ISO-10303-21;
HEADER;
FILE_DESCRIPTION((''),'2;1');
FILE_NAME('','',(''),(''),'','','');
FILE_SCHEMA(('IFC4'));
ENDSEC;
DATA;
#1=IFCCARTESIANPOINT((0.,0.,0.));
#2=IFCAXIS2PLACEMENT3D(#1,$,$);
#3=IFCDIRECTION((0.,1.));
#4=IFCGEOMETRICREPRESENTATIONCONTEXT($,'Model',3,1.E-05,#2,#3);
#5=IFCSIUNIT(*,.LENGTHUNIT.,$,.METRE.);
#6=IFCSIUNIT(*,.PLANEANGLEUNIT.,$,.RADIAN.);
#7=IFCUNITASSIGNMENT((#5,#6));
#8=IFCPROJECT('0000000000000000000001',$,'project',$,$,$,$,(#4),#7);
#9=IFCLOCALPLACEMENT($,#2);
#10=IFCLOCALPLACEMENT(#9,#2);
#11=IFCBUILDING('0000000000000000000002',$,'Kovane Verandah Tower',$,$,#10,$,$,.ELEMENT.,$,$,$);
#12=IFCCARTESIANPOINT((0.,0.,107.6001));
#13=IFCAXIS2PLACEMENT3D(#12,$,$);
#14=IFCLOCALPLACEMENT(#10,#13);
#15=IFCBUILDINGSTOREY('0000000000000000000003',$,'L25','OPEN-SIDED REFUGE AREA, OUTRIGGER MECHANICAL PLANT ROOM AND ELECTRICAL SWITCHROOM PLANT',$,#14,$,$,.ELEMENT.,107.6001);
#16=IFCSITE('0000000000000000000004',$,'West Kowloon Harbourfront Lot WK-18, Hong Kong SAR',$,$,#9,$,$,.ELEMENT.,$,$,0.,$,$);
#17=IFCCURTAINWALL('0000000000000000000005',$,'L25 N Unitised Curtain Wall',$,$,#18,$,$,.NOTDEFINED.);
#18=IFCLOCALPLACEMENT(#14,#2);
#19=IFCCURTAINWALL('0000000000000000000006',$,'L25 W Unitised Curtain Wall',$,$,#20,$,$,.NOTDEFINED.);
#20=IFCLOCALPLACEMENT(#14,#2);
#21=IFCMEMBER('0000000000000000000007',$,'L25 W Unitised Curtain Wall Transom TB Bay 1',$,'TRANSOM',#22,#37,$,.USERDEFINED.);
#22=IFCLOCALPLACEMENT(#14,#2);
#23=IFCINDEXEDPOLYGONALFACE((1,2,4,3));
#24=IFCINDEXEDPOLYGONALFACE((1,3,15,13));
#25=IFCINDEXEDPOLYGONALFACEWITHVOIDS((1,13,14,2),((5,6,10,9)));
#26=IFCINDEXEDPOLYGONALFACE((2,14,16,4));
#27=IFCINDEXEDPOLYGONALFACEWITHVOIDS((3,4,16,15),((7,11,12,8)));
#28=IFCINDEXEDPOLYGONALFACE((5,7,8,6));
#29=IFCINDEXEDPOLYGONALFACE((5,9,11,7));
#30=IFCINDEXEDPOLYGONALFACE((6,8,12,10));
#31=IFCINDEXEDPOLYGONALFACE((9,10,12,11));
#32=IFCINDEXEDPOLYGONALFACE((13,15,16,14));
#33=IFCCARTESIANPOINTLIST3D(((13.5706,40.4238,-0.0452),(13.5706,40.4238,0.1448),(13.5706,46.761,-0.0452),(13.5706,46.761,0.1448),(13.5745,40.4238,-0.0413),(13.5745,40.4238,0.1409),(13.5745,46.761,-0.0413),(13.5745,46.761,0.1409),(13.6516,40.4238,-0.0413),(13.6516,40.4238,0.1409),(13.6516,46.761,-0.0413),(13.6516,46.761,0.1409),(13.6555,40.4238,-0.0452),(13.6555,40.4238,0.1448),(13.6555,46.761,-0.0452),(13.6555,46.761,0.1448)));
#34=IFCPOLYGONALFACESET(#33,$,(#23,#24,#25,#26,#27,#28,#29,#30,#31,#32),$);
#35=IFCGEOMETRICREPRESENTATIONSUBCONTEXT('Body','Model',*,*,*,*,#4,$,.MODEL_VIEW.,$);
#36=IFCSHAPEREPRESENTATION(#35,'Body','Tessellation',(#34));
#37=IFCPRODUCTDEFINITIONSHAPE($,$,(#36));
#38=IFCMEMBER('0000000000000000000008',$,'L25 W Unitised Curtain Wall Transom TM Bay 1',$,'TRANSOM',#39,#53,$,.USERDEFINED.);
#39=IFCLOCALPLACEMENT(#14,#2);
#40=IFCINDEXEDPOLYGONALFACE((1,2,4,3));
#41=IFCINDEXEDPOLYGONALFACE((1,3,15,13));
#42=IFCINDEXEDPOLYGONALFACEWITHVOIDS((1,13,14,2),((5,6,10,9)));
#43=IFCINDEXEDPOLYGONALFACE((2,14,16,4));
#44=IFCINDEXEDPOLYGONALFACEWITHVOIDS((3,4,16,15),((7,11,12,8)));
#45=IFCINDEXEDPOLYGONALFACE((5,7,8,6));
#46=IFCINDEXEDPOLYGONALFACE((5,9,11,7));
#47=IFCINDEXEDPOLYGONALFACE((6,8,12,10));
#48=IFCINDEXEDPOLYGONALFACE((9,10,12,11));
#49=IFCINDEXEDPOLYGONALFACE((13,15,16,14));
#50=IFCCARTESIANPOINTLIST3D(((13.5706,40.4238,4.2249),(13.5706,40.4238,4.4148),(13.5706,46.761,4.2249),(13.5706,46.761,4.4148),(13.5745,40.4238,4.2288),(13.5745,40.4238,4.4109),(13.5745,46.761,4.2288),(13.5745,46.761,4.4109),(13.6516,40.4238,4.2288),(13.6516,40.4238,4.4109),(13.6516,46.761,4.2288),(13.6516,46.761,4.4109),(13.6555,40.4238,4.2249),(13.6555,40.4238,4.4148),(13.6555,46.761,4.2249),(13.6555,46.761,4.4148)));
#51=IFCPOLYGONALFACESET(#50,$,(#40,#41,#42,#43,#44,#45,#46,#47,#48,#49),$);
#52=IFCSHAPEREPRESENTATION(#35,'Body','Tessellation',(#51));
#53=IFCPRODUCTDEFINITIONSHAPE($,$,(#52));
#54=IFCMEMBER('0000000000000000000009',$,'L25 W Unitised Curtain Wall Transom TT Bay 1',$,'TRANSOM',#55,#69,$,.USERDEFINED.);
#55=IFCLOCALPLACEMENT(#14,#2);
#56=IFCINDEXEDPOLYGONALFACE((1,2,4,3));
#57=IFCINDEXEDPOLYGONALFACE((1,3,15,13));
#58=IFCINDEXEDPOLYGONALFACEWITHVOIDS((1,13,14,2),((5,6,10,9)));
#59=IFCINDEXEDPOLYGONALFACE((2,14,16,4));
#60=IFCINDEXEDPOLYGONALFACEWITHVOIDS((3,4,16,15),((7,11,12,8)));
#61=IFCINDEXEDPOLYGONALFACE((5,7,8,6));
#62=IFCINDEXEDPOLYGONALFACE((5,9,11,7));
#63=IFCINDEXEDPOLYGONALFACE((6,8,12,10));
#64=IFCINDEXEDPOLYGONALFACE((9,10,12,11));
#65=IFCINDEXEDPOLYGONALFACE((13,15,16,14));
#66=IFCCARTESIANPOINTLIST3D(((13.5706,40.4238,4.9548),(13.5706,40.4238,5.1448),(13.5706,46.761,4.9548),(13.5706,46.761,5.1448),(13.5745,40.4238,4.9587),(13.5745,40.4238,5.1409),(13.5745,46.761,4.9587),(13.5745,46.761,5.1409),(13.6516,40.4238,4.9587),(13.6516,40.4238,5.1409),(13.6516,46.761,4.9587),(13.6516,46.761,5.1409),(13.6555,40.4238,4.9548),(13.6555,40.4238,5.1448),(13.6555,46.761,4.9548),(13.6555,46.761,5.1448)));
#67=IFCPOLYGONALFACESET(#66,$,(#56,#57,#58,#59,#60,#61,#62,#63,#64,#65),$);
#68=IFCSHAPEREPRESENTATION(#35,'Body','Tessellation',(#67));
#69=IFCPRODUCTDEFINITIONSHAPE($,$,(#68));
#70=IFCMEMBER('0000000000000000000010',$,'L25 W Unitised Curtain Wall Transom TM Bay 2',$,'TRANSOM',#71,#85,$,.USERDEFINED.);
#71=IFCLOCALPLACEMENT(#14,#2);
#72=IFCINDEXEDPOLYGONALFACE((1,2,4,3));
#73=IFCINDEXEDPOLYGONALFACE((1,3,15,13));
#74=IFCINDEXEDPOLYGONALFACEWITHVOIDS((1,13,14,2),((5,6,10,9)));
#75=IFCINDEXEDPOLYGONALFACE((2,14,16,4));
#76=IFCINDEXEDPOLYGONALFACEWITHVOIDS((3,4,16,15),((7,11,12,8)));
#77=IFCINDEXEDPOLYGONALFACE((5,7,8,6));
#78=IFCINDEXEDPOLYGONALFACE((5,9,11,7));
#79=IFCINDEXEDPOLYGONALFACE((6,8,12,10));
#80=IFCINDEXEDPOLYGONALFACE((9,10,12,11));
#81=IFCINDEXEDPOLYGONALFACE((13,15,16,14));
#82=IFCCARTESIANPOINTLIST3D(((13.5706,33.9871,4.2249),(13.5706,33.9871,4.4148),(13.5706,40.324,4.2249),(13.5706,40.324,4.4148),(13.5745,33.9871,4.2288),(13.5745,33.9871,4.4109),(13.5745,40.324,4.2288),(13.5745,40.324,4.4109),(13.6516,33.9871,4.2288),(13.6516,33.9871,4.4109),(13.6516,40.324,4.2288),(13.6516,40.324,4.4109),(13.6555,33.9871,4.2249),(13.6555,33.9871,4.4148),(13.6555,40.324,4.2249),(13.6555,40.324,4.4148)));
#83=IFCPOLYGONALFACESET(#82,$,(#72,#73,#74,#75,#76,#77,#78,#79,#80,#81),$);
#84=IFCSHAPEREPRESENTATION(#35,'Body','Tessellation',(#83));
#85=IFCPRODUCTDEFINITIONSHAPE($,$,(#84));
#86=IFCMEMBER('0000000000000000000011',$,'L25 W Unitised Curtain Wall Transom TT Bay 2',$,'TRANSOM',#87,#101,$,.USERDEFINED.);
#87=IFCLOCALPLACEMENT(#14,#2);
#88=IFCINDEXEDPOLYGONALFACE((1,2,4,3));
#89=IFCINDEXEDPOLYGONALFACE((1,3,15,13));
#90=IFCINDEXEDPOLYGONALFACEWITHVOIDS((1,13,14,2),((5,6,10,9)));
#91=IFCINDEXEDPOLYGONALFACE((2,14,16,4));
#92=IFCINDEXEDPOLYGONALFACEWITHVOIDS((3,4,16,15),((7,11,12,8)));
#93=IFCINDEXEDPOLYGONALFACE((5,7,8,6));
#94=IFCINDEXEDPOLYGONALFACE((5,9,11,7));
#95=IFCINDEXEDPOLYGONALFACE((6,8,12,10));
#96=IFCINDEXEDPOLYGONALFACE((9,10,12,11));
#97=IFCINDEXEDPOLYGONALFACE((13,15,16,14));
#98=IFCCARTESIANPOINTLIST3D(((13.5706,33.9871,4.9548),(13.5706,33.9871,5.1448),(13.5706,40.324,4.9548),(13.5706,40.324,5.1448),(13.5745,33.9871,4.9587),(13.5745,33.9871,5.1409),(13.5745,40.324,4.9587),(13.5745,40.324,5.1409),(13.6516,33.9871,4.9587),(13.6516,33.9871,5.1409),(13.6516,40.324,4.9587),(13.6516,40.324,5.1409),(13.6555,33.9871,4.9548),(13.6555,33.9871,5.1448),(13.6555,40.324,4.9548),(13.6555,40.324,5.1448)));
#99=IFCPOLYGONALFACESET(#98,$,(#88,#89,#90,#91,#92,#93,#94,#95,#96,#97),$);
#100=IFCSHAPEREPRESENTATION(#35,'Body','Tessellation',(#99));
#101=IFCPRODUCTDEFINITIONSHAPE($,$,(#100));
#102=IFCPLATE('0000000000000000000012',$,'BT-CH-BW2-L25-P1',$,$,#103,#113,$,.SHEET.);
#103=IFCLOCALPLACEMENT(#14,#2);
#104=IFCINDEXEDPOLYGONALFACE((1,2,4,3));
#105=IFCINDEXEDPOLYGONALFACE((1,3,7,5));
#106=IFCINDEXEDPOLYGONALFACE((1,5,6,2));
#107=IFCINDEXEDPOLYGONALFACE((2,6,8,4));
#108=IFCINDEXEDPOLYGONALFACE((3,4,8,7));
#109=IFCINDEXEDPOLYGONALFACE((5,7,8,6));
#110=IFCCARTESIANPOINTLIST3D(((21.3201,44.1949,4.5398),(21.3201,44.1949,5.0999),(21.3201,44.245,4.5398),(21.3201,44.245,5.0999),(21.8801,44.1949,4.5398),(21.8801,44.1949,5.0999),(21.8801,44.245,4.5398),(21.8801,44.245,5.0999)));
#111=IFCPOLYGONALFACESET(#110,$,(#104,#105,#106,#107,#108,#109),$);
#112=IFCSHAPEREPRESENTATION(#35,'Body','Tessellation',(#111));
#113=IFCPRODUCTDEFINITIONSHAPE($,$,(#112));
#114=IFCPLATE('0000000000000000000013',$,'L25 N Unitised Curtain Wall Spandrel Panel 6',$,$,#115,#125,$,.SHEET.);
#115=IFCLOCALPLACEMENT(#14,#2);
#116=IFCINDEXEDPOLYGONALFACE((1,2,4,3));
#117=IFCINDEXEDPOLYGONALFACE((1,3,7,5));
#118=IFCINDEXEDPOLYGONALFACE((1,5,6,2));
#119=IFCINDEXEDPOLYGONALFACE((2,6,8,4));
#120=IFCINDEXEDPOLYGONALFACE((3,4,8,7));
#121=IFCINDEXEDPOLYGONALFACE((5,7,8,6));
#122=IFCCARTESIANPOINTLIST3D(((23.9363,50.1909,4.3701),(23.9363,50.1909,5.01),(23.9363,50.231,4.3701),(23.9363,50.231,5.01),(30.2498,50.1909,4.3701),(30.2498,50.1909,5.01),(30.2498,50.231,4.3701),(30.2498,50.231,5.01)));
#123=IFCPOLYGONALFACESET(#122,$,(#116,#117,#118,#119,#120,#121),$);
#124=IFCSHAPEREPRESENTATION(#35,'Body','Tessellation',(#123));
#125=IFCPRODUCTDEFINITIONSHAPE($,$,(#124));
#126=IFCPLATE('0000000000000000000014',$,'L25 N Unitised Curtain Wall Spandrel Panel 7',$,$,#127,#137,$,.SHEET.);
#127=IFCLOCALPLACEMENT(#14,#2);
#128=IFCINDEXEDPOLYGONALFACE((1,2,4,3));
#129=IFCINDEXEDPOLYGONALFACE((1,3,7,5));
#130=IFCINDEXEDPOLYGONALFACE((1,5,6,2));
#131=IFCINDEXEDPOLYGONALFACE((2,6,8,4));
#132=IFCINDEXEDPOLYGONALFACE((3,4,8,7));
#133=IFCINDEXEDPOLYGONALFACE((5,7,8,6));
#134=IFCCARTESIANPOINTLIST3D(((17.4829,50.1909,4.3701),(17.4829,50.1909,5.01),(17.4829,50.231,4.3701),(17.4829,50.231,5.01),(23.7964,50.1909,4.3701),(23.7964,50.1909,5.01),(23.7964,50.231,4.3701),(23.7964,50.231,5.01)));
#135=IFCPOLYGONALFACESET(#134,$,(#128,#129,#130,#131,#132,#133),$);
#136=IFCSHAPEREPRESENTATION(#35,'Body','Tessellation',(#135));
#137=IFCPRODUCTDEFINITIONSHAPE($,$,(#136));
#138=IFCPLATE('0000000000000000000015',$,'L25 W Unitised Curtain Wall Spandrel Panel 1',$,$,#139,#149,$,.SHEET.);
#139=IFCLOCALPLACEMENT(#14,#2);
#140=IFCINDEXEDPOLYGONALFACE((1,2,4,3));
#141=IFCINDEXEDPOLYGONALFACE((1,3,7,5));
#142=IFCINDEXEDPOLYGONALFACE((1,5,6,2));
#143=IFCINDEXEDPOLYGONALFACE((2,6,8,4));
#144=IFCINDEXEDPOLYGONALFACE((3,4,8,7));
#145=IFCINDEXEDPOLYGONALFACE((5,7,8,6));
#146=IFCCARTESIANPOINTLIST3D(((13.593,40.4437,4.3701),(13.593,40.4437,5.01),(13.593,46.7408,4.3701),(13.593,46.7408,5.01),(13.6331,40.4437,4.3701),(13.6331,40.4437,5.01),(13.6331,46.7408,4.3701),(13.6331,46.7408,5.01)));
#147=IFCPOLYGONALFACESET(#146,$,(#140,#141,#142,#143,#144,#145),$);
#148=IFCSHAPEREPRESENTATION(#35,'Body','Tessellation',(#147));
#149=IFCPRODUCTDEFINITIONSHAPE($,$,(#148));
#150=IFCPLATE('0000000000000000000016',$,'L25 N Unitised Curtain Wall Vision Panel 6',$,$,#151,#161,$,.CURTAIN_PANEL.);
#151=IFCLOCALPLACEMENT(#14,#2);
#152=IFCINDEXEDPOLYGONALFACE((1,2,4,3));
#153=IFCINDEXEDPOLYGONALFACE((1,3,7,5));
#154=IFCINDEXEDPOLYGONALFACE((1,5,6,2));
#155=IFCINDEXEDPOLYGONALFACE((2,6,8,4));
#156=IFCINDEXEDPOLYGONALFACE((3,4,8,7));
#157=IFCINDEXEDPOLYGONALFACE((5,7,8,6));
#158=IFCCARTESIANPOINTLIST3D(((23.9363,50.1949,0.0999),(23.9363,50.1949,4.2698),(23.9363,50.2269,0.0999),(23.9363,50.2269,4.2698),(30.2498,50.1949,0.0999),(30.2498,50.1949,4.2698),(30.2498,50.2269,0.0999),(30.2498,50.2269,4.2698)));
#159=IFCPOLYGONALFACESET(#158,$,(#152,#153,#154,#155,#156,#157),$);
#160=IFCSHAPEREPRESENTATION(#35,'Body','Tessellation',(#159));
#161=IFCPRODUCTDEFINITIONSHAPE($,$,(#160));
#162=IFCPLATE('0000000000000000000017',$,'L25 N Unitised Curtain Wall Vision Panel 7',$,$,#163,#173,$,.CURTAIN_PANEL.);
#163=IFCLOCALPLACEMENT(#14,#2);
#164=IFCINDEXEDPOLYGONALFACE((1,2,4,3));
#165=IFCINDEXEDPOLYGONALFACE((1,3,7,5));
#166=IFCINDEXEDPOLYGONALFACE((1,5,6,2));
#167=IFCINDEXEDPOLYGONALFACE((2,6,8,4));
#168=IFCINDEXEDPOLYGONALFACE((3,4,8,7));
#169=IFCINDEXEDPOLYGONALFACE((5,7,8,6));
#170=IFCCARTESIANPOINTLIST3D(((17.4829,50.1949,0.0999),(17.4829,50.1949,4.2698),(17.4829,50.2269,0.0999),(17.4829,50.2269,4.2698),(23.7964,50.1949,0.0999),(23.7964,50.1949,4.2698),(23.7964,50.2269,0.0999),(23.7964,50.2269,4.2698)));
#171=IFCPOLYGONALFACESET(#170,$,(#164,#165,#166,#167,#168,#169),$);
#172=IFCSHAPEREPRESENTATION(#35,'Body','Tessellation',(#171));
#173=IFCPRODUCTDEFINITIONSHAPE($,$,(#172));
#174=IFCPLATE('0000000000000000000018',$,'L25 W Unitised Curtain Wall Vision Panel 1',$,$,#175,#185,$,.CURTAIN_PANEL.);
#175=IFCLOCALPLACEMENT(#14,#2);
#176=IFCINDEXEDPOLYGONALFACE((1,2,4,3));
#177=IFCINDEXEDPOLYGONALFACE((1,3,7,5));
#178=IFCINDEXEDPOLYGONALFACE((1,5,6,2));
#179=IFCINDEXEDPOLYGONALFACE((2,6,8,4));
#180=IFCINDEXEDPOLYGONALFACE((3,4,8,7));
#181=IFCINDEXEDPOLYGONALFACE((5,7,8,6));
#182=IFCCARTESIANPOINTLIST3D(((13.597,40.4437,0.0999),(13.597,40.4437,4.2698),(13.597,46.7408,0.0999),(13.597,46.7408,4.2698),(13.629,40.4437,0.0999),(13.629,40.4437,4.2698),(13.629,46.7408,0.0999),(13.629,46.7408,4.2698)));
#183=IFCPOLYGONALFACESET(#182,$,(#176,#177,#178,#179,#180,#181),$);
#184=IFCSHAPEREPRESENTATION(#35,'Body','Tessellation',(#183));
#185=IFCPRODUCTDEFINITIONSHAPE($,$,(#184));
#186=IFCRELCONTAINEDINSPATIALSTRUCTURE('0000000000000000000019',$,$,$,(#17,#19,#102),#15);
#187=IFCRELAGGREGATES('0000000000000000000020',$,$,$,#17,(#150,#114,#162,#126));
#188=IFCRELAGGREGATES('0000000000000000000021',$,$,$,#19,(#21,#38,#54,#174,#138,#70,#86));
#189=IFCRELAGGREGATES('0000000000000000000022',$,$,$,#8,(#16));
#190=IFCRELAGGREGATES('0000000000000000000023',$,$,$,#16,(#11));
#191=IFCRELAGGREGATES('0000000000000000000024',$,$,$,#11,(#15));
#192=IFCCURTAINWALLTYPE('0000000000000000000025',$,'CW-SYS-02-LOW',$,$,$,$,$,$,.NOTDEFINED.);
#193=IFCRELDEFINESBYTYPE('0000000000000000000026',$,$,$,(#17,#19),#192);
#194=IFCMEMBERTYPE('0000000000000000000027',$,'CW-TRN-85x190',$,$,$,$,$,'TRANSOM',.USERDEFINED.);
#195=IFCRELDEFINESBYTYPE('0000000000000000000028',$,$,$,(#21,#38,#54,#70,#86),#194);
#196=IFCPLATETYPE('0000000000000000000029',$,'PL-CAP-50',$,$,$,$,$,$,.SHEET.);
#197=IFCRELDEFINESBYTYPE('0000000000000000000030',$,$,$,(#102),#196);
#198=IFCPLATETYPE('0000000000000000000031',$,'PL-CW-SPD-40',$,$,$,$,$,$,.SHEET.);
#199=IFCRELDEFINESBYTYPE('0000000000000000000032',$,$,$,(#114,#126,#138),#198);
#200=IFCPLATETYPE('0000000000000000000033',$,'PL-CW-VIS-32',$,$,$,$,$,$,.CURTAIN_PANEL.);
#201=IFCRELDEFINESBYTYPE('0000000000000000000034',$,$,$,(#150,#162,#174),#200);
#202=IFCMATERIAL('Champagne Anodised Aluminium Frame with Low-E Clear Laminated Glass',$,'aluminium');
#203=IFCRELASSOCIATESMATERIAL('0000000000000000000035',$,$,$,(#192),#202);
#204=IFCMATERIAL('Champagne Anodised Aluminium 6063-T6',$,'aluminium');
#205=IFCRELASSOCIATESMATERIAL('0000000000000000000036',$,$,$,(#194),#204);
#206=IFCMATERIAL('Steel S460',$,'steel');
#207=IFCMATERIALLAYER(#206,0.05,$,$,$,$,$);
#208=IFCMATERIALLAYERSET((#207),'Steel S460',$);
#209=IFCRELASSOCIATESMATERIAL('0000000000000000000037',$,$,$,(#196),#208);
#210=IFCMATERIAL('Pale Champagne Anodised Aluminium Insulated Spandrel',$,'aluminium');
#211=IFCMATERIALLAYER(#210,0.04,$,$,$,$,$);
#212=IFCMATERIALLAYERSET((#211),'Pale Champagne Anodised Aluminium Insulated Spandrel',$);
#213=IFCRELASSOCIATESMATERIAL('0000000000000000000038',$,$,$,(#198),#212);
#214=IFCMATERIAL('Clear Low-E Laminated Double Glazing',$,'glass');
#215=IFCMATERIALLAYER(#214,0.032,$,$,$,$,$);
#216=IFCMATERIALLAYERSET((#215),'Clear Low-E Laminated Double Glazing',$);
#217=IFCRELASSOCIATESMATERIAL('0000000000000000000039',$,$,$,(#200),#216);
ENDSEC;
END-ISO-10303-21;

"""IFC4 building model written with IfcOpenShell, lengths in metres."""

from ifc_helpers import new_model, si_unit, direction, frame, origin, origin_2d, place, context, subcontext, project, spatial, rectangle, hollow_rectangle, extrude, material, layer, layer_set, material_profile, profile_set, type_object, element, aggregate, save


model = new_model("IFC4")

# Units and contexts
model_context = context("Model", 3, precision=1e-05, world=origin(), true_north=direction((0.0, 1.0)))
body_context = subcontext(model_context, "Body", "Model", "MODEL_VIEW")
ifc_project = project(units=[si_unit("LENGTHUNIT", "METRE"), si_unit("PLANEANGLEUNIT", "RADIAN")], contexts=[model_context])

# Site, building, storey
site_placement = place(None, origin())
site = spatial("IfcSite", under=ifc_project, at=site_placement, Name="West Kowloon Harbourfront Lot WK-18, Hong Kong SAR", CompositionType="ELEMENT", RefElevation=0.0)
building_placement = place(site_placement, origin())
building = spatial("IfcBuilding", under=site, at=building_placement, Name="Kovane Verandah Tower", CompositionType="ELEMENT")
storey_placement = place(building_placement, frame((0.0, 0.0, 107.6001)))
storey = spatial("IfcBuildingStorey", under=building, at=storey_placement, Name="L25", Description="OPEN-SIDED REFUGE AREA, OUTRIGGER MECHANICAL PLANT ROOM AND ELECTRICAL SWITCHROOM PLANT", CompositionType="ELEMENT", Elevation=107.6001)

# Shared definitions
ifc_material_1 = material(Name="Steel S460", Category="steel")

# Curtain walls
ifc_material_2 = material(Name="Champagne Anodised Aluminium Frame with Low-E Clear Laminated Glass", Category="aluminium")
curtain_wall_type = type_object("IfcCurtainWallType", Name="CW-SYS-02-LOW", PredefinedType="NOTDEFINED", material=ifc_material_2)
curtain_wall_1_placement = place(storey_placement, origin())
curtain_wall_1 = element("IfcCurtainWall", 1, at=curtain_wall_1_placement, inside=storey, type_object=curtain_wall_type, Name="L25 N Unitised Curtain Wall", PredefinedType="NOTDEFINED")
ifc_material_3 = material(Name="Champagne Anodised Aluminium 6063-T6", Category="aluminium")
curtain_wall_2_placement = place(storey_placement, origin())
curtain_wall_2 = element("IfcCurtainWall", 2, at=curtain_wall_2_placement, inside=storey, type_object=curtain_wall_type, Name="L25 W Unitised Curtain Wall", PredefinedType="NOTDEFINED")

# Members
ifc_material_profile_1 = material_profile(ifc_material_3, hollow_rectangle(XDim=0.085, YDim=0.1899, WallThickness=0.0039, at=origin_2d()), Name="AL85x190x4")
ifc_profile_set_1 = profile_set([ifc_material_profile_1], Name="Champagne Anodised Aluminium 6063-T6")
member_type_1 = type_object("IfcMemberType", Name="CW-TRN-85x190", ElementType="TRANSOM", PredefinedType="USERDEFINED", material=ifc_profile_set_1)
member_1_placement = place(storey_placement, frame((13.613, 46.761, 0.0498), z_axis=(0.0, -1.0, 0.0), x_axis=(1.0, 0.0, 0.0)))
member_1 = element("IfcMember", 3, at=member_1_placement, type_object=member_type_1, Name="L25 W Unitised Curtain Wall Transom TB Bay 1", ObjectType="TRANSOM", PredefinedType="USERDEFINED", context=body_context, shape_type="SweptSolid", body=[
    extrude(hollow_rectangle(XDim=0.085, YDim=0.1899, WallThickness=0.0039, at=origin_2d()), origin(), (0.0, 0.0, 1.0), 6.3372),
])
member_2_placement = place(storey_placement, frame((13.613, 46.761, 4.3198), z_axis=(0.0, -1.0, 0.0), x_axis=(1.0, 0.0, 0.0)))
member_2 = element("IfcMember", 4, at=member_2_placement, type_object=member_type_1, Name="L25 W Unitised Curtain Wall Transom TM Bay 1", ObjectType="TRANSOM", PredefinedType="USERDEFINED", context=body_context, shape_type="SweptSolid", body=[
    extrude(hollow_rectangle(XDim=0.085, YDim=0.1899, WallThickness=0.0039, at=origin_2d()), origin(), (0.0, 0.0, 1.0), 6.3372),
])
member_3_placement = place(storey_placement, frame((13.613, 46.761, 5.0498), z_axis=(0.0, -1.0, 0.0), x_axis=(1.0, 0.0, 0.0)))
member_3 = element("IfcMember", 5, at=member_3_placement, type_object=member_type_1, Name="L25 W Unitised Curtain Wall Transom TT Bay 1", ObjectType="TRANSOM", PredefinedType="USERDEFINED", context=body_context, shape_type="SweptSolid", body=[
    extrude(hollow_rectangle(XDim=0.085, YDim=0.1899, WallThickness=0.0039, at=origin_2d()), origin(), (0.0, 0.0, 1.0), 6.3372),
])
member_4_placement = place(storey_placement, frame((13.613, 40.324, 4.3198), z_axis=(0.0, -1.0, 0.0), x_axis=(1.0, 0.0, 0.0)))
member_4 = element("IfcMember", 6, at=member_4_placement, type_object=member_type_1, Name="L25 W Unitised Curtain Wall Transom TM Bay 2", ObjectType="TRANSOM", PredefinedType="USERDEFINED", context=body_context, shape_type="SweptSolid", body=[
    extrude(hollow_rectangle(XDim=0.085, YDim=0.1899, WallThickness=0.0039, at=origin_2d()), origin(), (0.0, 0.0, 1.0), 6.3369),
])
member_5_placement = place(storey_placement, frame((13.613, 40.324, 5.0498), z_axis=(0.0, -1.0, 0.0), x_axis=(1.0, 0.0, 0.0)))
member_5 = element("IfcMember", 7, at=member_5_placement, type_object=member_type_1, Name="L25 W Unitised Curtain Wall Transom TT Bay 2", ObjectType="TRANSOM", PredefinedType="USERDEFINED", context=body_context, shape_type="SweptSolid", body=[
    extrude(hollow_rectangle(XDim=0.085, YDim=0.1899, WallThickness=0.0039, at=origin_2d()), origin(), (0.0, 0.0, 1.0), 6.3369),
])

# Plates
ifc_layer_1 = layer(ifc_material_1, 0.05)
ifc_layer_set_1 = layer_set([ifc_layer_1], Name="Steel S460")
plate_type_1 = type_object("IfcPlateType", Name="PL-CAP-50", PredefinedType="SHEET", material=ifc_layer_set_1)
plate_1_placement = place(storey_placement, frame((21.6001, 44.22, 4.5398), z_axis=(0.0, 0.0, 1.0), x_axis=(0.0, 1.0, 0.0)))
element("IfcPlate", 8, at=plate_1_placement, inside=storey, type_object=plate_type_1, Name="BT-CH-BW2-L25-P1", PredefinedType="SHEET", context=body_context, shape_type="SweptSolid", body=[
    extrude(rectangle(XDim=0.05, YDim=0.5601, at=origin_2d()), origin(), (0.0, 0.0, 1.0), 0.5601),
])
ifc_material_4 = material(Name="Pale Champagne Anodised Aluminium Insulated Spandrel", Category="aluminium")
ifc_layer_2 = layer(ifc_material_4, 0.04)
ifc_layer_set_2 = layer_set([ifc_layer_2], Name="Pale Champagne Anodised Aluminium Insulated Spandrel")
plate_type_2 = type_object("IfcPlateType", Name="PL-CW-SPD-40", PredefinedType="SHEET", material=ifc_layer_set_2)
plate_2_placement = place(storey_placement, frame((27.093, 50.2109, 4.3701), z_axis=(0.0, 0.0, 1.0), x_axis=(-1.0, 0.0, 0.0)))
plate_2 = element("IfcPlate", 9, at=plate_2_placement, type_object=plate_type_2, Name="L25 N Unitised Curtain Wall Spandrel Panel 6", PredefinedType="SHEET", context=body_context, shape_type="SweptSolid", body=[
    extrude(rectangle(XDim=6.3135, YDim=0.04, at=origin_2d()), origin(), (0.0, 0.0, 1.0), 0.6399),
])
plate_3_placement = place(storey_placement, frame((20.6396, 50.2109, 4.3701), z_axis=(0.0, 0.0, 1.0), x_axis=(-1.0, 0.0, 0.0)))
plate_3 = element("IfcPlate", 10, at=plate_3_placement, type_object=plate_type_2, Name="L25 N Unitised Curtain Wall Spandrel Panel 7", PredefinedType="SHEET", context=body_context, shape_type="SweptSolid", body=[
    extrude(rectangle(XDim=6.3135, YDim=0.04, at=origin_2d()), origin(), (0.0, 0.0, 1.0), 0.6399),
])
plate_4_placement = place(storey_placement, frame((13.613, 43.5923, 4.3701), z_axis=(0.0, 0.0, 1.0), x_axis=(0.0, -1.0, 0.0)))
plate_4 = element("IfcPlate", 11, at=plate_4_placement, type_object=plate_type_2, Name="L25 W Unitised Curtain Wall Spandrel Panel 1", PredefinedType="SHEET", context=body_context, shape_type="SweptSolid", body=[
    extrude(rectangle(XDim=6.2971, YDim=0.04, at=origin_2d()), origin(), (0.0, 0.0, 1.0), 0.6399),
])
ifc_material_5 = material(Name="Clear Low-E Laminated Double Glazing", Category="glass")
ifc_layer_3 = layer(ifc_material_5, 0.032)
ifc_layer_set_3 = layer_set([ifc_layer_3], Name="Clear Low-E Laminated Double Glazing")
plate_type_3 = type_object("IfcPlateType", Name="PL-CW-VIS-32", PredefinedType="CURTAIN_PANEL", material=ifc_layer_set_3)
plate_5_placement = place(storey_placement, frame((27.093, 50.2109, 0.0999), z_axis=(0.0, 0.0, 1.0), x_axis=(-1.0, 0.0, 0.0)))
plate_5 = element("IfcPlate", 12, at=plate_5_placement, type_object=plate_type_3, Name="L25 N Unitised Curtain Wall Vision Panel 6", PredefinedType="CURTAIN_PANEL", context=body_context, shape_type="SweptSolid", body=[
    extrude(rectangle(XDim=6.3135, YDim=0.032, at=origin_2d()), origin(), (0.0, 0.0, 1.0), 4.1699),
])
plate_6_placement = place(storey_placement, frame((20.6396, 50.2109, 0.0999), z_axis=(0.0, 0.0, 1.0), x_axis=(-1.0, 0.0, 0.0)))
plate_6 = element("IfcPlate", 13, at=plate_6_placement, type_object=plate_type_3, Name="L25 N Unitised Curtain Wall Vision Panel 7", PredefinedType="CURTAIN_PANEL", context=body_context, shape_type="SweptSolid", body=[
    extrude(rectangle(XDim=6.3135, YDim=0.032, at=origin_2d()), origin(), (0.0, 0.0, 1.0), 4.1699),
])
aggregate(curtain_wall_1, [plate_5, plate_2, plate_6, plate_3])
plate_7_placement = place(storey_placement, frame((13.613, 43.5923, 0.0999), z_axis=(0.0, 0.0, 1.0), x_axis=(0.0, -1.0, 0.0)))
plate_7 = element("IfcPlate", 14, at=plate_7_placement, type_object=plate_type_3, Name="L25 W Unitised Curtain Wall Vision Panel 1", PredefinedType="CURTAIN_PANEL", context=body_context, shape_type="SweptSolid", body=[
    extrude(rectangle(XDim=6.2971, YDim=0.032, at=origin_2d()), origin(), (0.0, 0.0, 1.0), 4.1699),
])
aggregate(curtain_wall_2, [member_1, member_2, member_3, plate_7, plate_4, member_4, member_5])

save(model, "model.ifc")
